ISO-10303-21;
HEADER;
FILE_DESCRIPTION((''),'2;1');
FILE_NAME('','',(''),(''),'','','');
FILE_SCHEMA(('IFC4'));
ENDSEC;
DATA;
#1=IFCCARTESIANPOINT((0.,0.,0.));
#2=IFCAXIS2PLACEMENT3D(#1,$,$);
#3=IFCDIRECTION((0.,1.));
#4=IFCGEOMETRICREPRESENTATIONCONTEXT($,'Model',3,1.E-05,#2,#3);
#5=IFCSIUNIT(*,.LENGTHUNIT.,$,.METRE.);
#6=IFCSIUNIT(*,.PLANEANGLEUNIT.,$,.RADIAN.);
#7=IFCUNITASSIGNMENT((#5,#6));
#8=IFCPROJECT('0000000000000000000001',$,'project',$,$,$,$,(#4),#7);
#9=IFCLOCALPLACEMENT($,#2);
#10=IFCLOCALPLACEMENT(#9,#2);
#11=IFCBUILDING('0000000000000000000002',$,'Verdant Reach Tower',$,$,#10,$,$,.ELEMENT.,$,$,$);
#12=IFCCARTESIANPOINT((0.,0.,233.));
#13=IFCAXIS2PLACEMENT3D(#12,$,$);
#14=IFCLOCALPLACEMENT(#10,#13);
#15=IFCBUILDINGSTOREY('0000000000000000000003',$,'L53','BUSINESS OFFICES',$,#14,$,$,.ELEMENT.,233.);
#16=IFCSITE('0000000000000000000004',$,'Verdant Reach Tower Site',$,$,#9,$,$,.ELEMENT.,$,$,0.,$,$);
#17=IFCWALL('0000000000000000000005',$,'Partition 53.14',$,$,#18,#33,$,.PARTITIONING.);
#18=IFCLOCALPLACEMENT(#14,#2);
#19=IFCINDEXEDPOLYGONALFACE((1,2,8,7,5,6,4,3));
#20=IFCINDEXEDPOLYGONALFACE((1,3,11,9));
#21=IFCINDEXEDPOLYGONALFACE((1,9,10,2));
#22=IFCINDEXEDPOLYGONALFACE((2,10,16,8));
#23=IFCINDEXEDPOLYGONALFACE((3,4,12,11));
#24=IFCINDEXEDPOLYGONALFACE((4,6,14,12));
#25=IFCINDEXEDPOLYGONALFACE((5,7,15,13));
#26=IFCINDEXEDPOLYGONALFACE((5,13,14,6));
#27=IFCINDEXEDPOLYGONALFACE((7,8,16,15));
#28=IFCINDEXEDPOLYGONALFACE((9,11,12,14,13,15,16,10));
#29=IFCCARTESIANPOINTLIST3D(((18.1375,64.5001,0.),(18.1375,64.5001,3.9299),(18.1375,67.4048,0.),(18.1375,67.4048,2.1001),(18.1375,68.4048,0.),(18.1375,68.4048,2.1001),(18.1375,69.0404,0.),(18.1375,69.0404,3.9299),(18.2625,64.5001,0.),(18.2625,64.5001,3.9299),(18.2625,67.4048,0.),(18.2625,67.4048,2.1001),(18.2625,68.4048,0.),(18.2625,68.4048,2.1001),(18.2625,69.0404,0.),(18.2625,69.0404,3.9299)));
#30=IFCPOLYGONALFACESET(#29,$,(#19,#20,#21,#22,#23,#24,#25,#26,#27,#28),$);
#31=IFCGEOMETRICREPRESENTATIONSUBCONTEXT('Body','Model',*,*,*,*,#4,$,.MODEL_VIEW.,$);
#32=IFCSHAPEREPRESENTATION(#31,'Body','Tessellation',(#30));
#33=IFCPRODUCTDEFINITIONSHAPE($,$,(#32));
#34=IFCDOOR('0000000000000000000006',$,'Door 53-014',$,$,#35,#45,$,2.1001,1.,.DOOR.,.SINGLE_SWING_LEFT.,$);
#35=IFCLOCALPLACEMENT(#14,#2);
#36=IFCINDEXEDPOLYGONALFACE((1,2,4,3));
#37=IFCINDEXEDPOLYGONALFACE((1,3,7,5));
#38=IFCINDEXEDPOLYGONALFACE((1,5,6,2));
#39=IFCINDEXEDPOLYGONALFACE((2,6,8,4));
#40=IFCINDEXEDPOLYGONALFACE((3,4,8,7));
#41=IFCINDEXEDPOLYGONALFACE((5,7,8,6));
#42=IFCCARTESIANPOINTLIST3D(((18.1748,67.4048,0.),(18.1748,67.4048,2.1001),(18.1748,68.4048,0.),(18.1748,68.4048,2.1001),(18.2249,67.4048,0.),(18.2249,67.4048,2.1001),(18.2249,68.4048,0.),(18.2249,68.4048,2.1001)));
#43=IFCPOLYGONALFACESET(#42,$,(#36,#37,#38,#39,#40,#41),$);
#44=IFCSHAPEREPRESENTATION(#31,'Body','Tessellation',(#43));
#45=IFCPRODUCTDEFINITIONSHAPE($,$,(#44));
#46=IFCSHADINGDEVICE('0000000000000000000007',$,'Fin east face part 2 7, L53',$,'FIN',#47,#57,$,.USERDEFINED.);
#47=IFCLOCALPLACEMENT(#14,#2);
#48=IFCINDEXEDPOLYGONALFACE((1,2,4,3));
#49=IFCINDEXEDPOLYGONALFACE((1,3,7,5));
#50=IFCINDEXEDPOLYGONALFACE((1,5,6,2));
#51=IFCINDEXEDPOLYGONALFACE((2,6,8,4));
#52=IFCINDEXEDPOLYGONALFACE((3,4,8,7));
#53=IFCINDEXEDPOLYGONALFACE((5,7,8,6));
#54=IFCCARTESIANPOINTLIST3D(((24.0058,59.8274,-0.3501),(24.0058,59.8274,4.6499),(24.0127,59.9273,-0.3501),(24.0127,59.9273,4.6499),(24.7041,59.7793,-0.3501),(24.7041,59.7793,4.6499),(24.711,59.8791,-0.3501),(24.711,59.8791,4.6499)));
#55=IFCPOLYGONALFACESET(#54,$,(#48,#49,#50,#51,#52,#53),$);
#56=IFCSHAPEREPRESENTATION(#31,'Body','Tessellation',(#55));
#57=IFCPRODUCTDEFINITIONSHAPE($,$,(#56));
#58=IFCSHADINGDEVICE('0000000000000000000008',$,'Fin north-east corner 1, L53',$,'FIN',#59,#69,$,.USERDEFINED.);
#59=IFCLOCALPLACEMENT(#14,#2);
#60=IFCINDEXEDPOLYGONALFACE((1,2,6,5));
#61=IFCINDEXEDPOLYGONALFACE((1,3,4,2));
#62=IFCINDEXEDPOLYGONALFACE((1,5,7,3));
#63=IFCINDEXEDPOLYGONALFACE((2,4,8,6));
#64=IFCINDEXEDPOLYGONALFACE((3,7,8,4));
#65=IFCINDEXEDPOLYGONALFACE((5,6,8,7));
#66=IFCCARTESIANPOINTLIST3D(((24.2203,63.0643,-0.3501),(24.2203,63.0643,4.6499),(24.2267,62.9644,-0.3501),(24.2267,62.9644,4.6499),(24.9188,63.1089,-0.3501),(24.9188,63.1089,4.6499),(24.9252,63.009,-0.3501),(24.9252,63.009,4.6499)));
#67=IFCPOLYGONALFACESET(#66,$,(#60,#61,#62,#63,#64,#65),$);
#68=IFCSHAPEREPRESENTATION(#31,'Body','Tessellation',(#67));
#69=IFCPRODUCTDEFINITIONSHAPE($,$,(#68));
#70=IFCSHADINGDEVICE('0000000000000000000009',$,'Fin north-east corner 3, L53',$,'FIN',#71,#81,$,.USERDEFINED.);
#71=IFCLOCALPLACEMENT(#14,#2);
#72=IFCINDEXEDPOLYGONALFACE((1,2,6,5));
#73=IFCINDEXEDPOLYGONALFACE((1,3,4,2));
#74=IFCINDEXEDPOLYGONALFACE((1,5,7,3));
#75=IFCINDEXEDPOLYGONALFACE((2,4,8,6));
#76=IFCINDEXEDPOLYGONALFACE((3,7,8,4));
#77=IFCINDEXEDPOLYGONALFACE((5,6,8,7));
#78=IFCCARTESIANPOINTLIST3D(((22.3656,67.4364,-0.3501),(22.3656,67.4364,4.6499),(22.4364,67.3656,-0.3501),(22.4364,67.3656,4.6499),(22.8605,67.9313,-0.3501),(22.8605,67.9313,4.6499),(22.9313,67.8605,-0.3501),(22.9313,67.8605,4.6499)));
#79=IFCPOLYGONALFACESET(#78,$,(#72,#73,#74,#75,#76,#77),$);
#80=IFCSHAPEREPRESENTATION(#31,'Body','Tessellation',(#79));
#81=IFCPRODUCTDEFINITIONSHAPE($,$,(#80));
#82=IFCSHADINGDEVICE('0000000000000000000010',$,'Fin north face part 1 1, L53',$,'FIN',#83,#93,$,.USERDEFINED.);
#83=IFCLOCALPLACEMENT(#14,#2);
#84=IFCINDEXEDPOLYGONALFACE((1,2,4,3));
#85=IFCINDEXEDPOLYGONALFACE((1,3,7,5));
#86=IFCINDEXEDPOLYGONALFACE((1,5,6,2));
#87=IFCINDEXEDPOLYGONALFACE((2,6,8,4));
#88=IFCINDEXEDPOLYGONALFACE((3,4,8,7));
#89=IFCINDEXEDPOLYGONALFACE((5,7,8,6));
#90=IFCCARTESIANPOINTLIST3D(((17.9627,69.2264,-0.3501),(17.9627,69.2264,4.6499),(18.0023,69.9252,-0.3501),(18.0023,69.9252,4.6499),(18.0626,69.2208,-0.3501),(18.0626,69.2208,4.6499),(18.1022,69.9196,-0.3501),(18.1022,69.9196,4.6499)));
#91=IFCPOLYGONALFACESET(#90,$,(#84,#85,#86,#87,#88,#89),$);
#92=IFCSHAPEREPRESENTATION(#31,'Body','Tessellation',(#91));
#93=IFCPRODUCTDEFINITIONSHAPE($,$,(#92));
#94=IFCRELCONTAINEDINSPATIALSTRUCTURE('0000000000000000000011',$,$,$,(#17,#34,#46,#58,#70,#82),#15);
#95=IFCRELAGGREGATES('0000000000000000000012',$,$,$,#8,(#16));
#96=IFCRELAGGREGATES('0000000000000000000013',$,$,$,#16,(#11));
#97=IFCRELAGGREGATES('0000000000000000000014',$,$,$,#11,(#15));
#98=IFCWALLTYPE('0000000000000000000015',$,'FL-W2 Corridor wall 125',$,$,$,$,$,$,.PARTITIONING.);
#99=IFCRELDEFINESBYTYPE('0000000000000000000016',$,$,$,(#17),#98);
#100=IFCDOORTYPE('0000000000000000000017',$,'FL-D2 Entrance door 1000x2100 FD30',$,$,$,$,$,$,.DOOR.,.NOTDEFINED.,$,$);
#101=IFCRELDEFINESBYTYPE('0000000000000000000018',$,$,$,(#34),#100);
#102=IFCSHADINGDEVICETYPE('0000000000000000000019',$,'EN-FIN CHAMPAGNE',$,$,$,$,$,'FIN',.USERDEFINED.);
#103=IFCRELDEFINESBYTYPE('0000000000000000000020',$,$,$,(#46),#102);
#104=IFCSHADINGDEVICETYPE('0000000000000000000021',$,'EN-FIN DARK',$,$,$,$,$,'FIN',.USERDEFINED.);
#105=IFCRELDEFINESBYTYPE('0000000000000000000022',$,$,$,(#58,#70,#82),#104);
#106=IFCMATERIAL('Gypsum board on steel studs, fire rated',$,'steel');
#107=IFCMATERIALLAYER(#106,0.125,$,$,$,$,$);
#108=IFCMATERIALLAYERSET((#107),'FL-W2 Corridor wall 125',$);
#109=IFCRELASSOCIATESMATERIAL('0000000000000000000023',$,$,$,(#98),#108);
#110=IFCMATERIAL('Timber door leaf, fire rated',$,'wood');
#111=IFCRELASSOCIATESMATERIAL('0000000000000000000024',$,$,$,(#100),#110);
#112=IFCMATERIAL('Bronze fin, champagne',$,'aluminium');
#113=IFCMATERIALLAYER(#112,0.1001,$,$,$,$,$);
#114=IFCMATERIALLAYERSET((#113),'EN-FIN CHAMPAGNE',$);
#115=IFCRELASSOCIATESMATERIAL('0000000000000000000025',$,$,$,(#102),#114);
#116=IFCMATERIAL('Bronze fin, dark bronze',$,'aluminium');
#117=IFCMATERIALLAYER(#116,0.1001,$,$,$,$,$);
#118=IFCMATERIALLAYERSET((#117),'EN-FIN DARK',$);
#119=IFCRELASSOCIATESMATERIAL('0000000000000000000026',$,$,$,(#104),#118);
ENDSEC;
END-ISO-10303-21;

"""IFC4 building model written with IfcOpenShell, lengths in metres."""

from ifc_helpers import new_model, si_unit, direction, frame, frame_2d, origin, origin_2d, place, context, subcontext, project, spatial, rectangle, extrude, material, layer, layer_set, type_object, element, fill, save


model = new_model("IFC4")

# Units and contexts
model_context = context("Model", 3, precision=1e-05, world=origin(), true_north=direction((0.0, 1.0)))
body_context = subcontext(model_context, "Body", "Model", "MODEL_VIEW")
ifc_project = project(units=[si_unit("LENGTHUNIT", "METRE"), si_unit("PLANEANGLEUNIT", "RADIAN")], contexts=[model_context])

# Site, building, storey
site_placement = place(None, origin())
site = spatial("IfcSite", under=ifc_project, at=site_placement, Name="Verdant Reach Tower Site", CompositionType="ELEMENT", RefElevation=0.0)
building_placement = place(site_placement, origin())
building = spatial("IfcBuilding", under=site, at=building_placement, Name="Verdant Reach Tower", CompositionType="ELEMENT")
storey_placement = place(building_placement, frame((0.0, 0.0, 233.0)))
storey = spatial("IfcBuildingStorey", under=building, at=storey_placement, Name="L53", Description="BUSINESS OFFICES", CompositionType="ELEMENT", Elevation=233.0)

# Wall, opening, door
ifc_material_1 = material(Name="Gypsum board on steel studs, fire rated", Category="steel")
ifc_layer_1 = layer(ifc_material_1, 0.125)
ifc_layer_set_1 = layer_set([ifc_layer_1], Name="FL-W2 Corridor wall 125")
wall_type_1 = type_object("IfcWallType", Name="FL-W2 Corridor wall 125", PredefinedType="PARTITIONING", material=ifc_layer_set_1)
ifc_material_2 = material(Name="Timber door leaf, fire rated", Category="wood")
door_type = type_object("IfcDoorType", Name="FL-D2 Entrance door 1000x2100 FD30", OperationType="NOTDEFINED", PredefinedType="DOOR", material=ifc_material_2)
wall_1_placement = place(storey_placement, frame((18.2, 69.0403, 0.0), z_axis=(0.0, 0.0, 1.0), x_axis=(0.0, -1.0, 0.0)))
wall_1 = element("IfcWall", 1, at=wall_1_placement, inside=storey, type_object=wall_type_1, Name="Partition 53.14", PredefinedType="PARTITIONING", context=body_context, shape_type="SweptSolid", body=[
    extrude(rectangle(XDim=4.5403, YDim=0.125, at=frame_2d((2.27, 0.0))), origin(), (0.0, 0.0, 1.0), 3.9299),
])
opening_1_placement = place(wall_1_placement, frame((0.6355, 0.0, 0.0)))
opening_1 = element("IfcOpeningElement", 2, at=opening_1_placement, cuts=wall_1, PredefinedType="OPENING", context=body_context, shape_type="SweptSolid", body=[
    extrude(rectangle(XDim=1.0, YDim=2.1001, at=frame_2d((0.5, 1.05))), frame((0.0, 0.0725, 0.0), z_axis=(0.0, -1.0, 0.0), x_axis=(1.0, 0.0, 0.0)), (0.0, 0.0, 1.0), 0.145),
])
door_1_placement = place(opening_1_placement, origin())
door_1 = element("IfcDoor", 3, at=door_1_placement, inside=storey, type_object=door_type, Name="Door 53-014", OperationType="SINGLE_SWING_LEFT", OverallHeight=2.1001, OverallWidth=1.0, PredefinedType="DOOR", context=body_context, shape_type="SweptSolid", body=[
    extrude(rectangle(XDim=1.0, YDim=2.1001, at=frame_2d((0.5, 1.05))), frame((0.0, 0.0249, 0.0), z_axis=(0.0, -1.0, 0.0), x_axis=(1.0, 0.0, 0.0)), (0.0, 0.0, 1.0), 0.05),
])
fill(opening_1, door_1)

# Shading devices
ifc_material_3 = material(Name="Bronze fin, champagne", Category="aluminium")
ifc_layer_2 = layer(ifc_material_3, 0.1001)
ifc_layer_set_2 = layer_set([ifc_layer_2], Name="EN-FIN CHAMPAGNE")
shading_device_type_1 = type_object("IfcShadingDeviceType", Name="EN-FIN CHAMPAGNE", ElementType="FIN", PredefinedType="USERDEFINED", material=ifc_layer_set_2)
shading_device_placement = place(storey_placement, frame((24.3584, 59.8533, -0.3501), z_axis=(0.0, 0.0, 1.0), x_axis=(0.068802, 0.99763, 0.0)))
element("IfcShadingDevice", 4, at=shading_device_placement, inside=storey, type_object=shading_device_type_1, Name="Fin east face part 2 7, L53", ObjectType="FIN", PredefinedType="USERDEFINED", context=body_context, shape_type="SweptSolid", body=[
    extrude(rectangle(XDim=0.1001, YDim=0.7, at=origin_2d()), origin(), (0.0, 0.0, 1.0), 5.0),
])
ifc_material_4 = material(Name="Bronze fin, dark bronze", Category="aluminium")
ifc_layer_3 = layer(ifc_material_4, 0.1001)
ifc_layer_set_3 = layer_set([ifc_layer_3], Name="EN-FIN DARK")
shading_device_type_2 = type_object("IfcShadingDeviceType", Name="EN-FIN DARK", ElementType="FIN", PredefinedType="USERDEFINED", material=ifc_layer_set_3)
for number, where, z_axis, x_axis, name in (
    (5, (24.5728, 63.0366, -0.3501), (0.0, 0.0, 1.0), (-0.063699, 0.997969, 0.0), "Fin north-east corner 1, L53"),
    (6, (22.6484, 67.6484, -0.3501), (0.0, 0.0, 1.0), (-0.707107, 0.707107, 0.0), "Fin north-east corner 3, L53"),
    (7, (18.0325, 69.573, -0.3501), (0.0, 0.0, 1.0), (-0.998399, 0.056569, 0.0), "Fin north face part 1 1, L53"),
):
    element("IfcShadingDevice", number, at=place(storey_placement, frame(where, z_axis=z_axis, x_axis=x_axis)), inside=storey, type_object=shading_device_type_2, Name=name, ObjectType="FIN", PredefinedType="USERDEFINED", context=body_context, shape_type="SweptSolid", body=[
        extrude(rectangle(XDim=0.1001, YDim=0.7, at=origin_2d()), origin(), (0.0, 0.0, 1.0), 5.0),
    ])

save(model, "model.ifc")
